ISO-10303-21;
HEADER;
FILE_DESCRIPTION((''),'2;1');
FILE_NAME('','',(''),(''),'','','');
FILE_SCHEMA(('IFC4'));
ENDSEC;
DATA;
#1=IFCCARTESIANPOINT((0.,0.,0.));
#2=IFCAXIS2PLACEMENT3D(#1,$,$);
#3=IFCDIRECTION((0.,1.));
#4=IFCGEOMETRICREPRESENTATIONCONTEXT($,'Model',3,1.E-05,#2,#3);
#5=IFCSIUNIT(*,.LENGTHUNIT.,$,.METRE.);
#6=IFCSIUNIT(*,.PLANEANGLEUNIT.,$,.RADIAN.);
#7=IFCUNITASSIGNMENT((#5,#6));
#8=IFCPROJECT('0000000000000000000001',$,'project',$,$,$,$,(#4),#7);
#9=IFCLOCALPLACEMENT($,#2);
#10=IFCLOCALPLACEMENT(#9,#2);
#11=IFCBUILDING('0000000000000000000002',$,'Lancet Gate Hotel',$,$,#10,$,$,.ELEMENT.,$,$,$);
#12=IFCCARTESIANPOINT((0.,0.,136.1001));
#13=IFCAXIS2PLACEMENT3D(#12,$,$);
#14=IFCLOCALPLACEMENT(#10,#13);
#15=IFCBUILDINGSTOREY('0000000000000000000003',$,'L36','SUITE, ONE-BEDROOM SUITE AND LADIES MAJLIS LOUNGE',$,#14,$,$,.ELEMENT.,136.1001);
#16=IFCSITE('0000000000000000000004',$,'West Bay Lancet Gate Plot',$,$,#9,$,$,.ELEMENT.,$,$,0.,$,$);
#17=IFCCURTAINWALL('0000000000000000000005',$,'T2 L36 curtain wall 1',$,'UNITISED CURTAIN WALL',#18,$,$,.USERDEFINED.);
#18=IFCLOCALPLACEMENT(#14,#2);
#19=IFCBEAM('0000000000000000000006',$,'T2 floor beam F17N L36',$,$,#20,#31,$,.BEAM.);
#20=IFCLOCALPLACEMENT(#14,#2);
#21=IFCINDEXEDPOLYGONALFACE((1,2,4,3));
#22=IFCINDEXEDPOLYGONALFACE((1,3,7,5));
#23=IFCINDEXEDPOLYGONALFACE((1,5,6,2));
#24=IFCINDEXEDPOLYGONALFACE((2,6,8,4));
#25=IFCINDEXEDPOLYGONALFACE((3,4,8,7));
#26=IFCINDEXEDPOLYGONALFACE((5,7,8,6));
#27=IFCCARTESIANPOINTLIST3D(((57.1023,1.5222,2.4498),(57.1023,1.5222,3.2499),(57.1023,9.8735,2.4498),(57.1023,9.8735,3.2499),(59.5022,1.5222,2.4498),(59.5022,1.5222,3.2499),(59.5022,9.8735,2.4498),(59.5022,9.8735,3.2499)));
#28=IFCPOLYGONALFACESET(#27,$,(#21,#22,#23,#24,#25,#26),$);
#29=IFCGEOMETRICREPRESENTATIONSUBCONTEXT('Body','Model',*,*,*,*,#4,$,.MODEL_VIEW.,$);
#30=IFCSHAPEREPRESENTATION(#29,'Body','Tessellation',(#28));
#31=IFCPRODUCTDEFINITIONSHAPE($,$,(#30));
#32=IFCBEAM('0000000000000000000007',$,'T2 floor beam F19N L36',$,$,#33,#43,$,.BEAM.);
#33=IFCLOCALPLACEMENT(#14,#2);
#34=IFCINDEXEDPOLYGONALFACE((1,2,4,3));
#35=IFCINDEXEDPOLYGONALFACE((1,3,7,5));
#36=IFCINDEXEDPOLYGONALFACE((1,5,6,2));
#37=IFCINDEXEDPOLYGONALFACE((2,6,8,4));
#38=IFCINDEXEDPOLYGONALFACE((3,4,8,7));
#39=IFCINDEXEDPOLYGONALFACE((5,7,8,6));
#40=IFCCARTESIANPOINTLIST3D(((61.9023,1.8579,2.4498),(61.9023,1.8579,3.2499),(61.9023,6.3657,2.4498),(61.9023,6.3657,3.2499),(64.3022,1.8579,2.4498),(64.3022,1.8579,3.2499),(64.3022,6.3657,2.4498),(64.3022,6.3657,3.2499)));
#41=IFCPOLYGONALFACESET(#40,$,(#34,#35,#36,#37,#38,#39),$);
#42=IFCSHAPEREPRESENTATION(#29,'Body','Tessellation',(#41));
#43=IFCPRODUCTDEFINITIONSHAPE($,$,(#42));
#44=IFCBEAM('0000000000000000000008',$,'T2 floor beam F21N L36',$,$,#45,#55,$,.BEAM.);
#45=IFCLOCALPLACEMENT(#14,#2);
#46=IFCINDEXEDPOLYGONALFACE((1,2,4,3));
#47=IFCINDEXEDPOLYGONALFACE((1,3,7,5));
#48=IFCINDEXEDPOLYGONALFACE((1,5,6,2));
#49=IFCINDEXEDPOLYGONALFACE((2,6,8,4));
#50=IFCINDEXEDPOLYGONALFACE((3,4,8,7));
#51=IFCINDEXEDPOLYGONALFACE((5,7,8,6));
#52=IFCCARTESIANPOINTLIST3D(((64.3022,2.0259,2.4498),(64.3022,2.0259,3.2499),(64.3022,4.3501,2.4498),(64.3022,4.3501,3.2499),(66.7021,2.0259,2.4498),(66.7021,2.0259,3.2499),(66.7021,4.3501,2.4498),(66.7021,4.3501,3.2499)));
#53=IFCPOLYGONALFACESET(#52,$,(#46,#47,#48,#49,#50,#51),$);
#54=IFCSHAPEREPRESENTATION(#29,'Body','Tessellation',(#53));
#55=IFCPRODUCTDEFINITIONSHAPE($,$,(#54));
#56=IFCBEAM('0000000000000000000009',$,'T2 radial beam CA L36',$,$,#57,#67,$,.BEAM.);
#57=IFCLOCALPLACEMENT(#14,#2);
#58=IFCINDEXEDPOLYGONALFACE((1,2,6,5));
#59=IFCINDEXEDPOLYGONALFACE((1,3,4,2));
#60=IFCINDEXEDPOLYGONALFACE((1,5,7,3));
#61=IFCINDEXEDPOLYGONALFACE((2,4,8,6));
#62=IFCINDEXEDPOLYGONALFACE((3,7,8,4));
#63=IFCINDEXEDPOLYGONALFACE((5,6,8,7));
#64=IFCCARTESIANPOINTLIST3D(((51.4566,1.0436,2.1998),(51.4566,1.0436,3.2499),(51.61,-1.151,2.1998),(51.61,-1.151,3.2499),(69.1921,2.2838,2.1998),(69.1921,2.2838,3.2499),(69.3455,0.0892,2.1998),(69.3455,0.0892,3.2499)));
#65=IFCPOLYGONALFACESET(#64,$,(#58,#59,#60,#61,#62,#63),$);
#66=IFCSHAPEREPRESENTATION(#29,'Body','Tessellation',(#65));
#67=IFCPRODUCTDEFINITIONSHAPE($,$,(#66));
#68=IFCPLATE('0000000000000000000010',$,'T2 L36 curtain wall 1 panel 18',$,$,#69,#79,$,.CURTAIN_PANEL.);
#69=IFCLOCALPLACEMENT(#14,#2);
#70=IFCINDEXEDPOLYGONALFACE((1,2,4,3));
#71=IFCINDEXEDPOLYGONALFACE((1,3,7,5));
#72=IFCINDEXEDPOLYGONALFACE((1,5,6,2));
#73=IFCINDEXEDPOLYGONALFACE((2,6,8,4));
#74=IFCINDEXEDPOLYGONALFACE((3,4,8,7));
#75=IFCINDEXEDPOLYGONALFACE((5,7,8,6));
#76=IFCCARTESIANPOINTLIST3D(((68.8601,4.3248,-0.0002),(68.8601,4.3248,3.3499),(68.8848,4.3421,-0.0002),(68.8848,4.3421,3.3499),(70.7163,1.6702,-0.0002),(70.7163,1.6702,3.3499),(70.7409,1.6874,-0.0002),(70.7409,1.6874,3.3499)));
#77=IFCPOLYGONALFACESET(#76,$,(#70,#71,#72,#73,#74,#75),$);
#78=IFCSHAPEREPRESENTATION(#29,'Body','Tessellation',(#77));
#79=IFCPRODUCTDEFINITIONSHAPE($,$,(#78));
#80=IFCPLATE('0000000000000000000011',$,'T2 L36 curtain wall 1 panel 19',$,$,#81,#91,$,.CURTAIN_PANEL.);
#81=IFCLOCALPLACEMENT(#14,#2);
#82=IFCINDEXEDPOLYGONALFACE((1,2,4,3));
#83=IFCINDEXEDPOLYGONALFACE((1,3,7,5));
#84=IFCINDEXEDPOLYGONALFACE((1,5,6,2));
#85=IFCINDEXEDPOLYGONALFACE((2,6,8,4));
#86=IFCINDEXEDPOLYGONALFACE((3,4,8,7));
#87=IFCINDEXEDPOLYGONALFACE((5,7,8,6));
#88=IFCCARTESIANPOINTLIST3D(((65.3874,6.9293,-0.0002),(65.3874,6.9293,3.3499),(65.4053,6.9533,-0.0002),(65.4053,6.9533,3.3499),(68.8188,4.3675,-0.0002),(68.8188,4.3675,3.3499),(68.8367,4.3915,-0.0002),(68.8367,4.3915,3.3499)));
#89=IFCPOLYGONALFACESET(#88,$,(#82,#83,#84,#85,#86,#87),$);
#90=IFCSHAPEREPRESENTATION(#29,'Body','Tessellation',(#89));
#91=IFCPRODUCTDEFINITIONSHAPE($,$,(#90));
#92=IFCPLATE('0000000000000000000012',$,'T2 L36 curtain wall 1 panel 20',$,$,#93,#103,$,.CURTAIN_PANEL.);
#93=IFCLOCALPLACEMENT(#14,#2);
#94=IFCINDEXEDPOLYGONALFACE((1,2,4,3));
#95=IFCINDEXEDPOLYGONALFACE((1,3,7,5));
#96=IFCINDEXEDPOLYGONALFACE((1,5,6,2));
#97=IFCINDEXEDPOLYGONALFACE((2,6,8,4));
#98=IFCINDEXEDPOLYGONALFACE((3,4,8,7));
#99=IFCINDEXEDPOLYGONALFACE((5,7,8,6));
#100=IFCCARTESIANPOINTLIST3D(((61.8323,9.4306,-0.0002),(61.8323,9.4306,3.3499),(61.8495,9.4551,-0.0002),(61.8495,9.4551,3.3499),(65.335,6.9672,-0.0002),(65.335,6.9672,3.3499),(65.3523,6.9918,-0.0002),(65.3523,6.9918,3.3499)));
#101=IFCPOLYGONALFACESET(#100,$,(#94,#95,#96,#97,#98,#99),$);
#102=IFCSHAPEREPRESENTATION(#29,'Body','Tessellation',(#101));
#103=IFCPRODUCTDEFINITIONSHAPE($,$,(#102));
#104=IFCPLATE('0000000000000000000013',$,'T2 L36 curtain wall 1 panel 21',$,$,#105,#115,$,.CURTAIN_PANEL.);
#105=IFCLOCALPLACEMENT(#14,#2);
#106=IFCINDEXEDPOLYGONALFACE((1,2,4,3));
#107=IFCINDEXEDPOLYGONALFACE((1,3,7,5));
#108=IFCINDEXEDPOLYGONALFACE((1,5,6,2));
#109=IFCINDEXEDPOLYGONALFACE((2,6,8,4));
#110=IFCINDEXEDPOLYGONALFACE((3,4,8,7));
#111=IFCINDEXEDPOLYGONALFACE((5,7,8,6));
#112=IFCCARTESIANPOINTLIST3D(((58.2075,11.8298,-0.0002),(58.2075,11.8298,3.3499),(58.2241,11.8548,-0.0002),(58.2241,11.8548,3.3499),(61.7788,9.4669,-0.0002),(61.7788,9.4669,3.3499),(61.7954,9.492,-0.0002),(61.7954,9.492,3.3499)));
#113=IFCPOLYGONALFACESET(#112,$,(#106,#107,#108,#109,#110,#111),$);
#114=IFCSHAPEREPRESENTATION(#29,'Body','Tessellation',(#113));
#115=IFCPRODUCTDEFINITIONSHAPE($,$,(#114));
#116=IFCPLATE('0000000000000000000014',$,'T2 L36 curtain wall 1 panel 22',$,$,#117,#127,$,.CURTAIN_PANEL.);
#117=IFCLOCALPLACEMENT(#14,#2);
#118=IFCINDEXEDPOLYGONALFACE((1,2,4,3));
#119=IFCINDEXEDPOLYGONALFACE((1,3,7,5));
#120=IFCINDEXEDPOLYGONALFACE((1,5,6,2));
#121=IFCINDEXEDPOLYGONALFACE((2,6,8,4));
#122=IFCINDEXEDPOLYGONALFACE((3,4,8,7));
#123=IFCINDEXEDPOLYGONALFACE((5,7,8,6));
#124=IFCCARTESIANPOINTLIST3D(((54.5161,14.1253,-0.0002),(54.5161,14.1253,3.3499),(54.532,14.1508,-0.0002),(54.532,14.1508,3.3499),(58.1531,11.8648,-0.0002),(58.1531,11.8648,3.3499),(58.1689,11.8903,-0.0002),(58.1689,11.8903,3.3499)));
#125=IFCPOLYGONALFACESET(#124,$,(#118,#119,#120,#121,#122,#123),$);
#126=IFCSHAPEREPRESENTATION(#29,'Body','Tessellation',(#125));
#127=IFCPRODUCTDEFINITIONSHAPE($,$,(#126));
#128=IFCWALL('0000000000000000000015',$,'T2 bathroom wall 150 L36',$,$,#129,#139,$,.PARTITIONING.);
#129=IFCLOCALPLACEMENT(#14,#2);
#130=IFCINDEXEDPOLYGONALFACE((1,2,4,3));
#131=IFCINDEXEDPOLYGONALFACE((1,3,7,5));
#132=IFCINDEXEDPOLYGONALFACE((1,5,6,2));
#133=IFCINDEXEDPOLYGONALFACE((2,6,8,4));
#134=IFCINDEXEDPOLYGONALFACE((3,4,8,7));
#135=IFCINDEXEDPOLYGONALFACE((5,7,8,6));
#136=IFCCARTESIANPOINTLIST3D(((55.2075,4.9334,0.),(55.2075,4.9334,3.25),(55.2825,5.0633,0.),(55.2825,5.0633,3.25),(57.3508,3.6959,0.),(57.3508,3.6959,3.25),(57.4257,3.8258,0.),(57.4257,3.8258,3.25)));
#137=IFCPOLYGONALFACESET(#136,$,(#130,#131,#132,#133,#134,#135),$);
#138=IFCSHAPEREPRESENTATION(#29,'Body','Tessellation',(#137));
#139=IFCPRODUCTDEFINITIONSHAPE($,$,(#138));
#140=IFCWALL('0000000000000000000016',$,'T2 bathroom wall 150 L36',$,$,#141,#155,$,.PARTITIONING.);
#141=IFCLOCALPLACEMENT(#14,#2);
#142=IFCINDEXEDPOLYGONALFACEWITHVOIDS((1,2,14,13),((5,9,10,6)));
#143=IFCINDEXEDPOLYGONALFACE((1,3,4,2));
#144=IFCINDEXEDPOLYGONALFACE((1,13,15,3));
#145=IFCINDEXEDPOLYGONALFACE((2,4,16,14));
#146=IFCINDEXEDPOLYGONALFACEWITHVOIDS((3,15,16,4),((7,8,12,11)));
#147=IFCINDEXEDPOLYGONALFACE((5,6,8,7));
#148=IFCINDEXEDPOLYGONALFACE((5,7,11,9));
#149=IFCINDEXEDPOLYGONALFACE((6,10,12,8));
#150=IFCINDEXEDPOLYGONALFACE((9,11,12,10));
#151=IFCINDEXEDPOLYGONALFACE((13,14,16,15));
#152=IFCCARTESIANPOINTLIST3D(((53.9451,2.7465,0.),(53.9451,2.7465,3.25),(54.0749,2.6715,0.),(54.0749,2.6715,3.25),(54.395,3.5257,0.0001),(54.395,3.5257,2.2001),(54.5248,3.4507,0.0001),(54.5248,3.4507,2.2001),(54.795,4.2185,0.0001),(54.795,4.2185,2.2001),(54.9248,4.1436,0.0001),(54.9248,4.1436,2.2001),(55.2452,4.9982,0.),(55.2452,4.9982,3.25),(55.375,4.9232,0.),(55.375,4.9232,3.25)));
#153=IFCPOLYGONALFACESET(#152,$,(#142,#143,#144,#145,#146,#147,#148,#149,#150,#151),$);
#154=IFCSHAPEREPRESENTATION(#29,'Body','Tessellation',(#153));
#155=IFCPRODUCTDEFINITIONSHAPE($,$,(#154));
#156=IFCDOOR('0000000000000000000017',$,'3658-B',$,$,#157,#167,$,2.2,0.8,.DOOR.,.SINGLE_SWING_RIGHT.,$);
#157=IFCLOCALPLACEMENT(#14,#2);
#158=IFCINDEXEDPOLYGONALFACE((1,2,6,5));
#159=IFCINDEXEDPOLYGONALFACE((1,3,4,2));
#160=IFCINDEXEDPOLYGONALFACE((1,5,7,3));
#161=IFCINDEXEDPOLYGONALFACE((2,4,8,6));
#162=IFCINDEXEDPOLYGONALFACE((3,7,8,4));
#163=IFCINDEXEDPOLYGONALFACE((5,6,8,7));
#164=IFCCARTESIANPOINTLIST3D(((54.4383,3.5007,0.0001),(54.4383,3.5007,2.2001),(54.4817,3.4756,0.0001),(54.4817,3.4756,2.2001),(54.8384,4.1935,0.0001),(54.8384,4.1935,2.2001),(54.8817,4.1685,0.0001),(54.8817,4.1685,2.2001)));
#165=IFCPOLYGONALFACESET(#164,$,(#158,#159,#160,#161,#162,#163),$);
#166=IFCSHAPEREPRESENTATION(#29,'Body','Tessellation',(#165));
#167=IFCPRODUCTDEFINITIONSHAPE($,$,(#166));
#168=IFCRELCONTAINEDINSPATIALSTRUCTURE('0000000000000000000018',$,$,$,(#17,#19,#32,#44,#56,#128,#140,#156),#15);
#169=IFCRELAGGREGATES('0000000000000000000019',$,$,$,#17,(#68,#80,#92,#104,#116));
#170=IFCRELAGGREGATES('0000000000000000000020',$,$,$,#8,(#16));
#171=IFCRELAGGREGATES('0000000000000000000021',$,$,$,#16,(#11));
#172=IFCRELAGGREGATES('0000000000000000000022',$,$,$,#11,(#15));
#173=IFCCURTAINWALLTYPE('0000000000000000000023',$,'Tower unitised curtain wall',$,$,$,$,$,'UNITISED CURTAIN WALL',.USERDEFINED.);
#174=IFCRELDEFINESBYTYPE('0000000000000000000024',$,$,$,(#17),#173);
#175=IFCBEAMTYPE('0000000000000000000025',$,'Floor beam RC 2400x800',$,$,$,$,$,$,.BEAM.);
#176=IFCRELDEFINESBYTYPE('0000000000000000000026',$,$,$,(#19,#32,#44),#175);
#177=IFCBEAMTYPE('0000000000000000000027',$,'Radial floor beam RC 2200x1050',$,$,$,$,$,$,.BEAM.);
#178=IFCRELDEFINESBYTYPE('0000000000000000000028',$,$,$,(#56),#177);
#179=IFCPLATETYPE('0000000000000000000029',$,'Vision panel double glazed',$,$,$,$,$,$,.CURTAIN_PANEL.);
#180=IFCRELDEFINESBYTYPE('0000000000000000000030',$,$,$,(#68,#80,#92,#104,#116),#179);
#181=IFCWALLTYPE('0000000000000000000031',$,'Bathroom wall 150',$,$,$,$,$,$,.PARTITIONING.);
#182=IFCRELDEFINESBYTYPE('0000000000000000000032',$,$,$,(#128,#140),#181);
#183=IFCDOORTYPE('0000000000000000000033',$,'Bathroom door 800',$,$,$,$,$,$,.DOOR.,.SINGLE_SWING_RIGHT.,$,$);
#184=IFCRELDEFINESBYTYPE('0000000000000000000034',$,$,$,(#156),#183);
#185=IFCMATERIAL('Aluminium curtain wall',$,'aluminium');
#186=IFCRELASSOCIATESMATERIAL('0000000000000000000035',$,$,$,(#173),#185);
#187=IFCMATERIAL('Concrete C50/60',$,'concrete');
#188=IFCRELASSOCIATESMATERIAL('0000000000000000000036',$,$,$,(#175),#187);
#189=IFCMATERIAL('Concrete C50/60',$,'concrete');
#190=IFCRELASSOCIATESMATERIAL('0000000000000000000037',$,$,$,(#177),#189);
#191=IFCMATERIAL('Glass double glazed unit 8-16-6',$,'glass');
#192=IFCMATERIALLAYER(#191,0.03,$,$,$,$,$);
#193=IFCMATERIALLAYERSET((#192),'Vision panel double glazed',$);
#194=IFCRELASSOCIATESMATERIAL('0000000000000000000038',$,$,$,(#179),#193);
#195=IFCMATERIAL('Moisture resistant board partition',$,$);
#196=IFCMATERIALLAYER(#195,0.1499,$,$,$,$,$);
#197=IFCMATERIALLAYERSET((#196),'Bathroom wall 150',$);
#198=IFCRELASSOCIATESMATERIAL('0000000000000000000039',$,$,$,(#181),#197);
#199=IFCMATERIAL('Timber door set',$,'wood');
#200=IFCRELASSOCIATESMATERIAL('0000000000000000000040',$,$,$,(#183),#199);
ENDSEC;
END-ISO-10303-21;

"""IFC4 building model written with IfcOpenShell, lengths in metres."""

from ifc_helpers import new_model, si_unit, direction, frame, frame_2d, origin, origin_2d, place, context, subcontext, project, spatial, rectangle, extrude, material, layer, layer_set, material_profile, profile_set, type_object, element, fill, aggregate, save


model = new_model("IFC4")

# Units and contexts
model_context = context("Model", 3, precision=1e-05, world=origin(), true_north=direction((0.0, 1.0)))
body_context = subcontext(model_context, "Body", "Model", "MODEL_VIEW")
ifc_project = project(units=[si_unit("LENGTHUNIT", "METRE"), si_unit("PLANEANGLEUNIT", "RADIAN")], contexts=[model_context])

# Site, building, storey
site_placement = place(None, origin())
site = spatial("IfcSite", under=ifc_project, at=site_placement, Name="West Bay Lancet Gate Plot", CompositionType="ELEMENT", RefElevation=0.0)
building_placement = place(site_placement, origin())
building = spatial("IfcBuilding", under=site, at=building_placement, Name="Lancet Gate Hotel", CompositionType="ELEMENT")
storey_placement = place(building_placement, frame((0.0, 0.0, 136.1001)))
storey = spatial("IfcBuildingStorey", under=building, at=storey_placement, Name="L36", Description="SUITE, ONE-BEDROOM SUITE AND LADIES MAJLIS LOUNGE", CompositionType="ELEMENT", Elevation=136.1001)

# Curtain wall
ifc_material_1 = material(Name="Aluminium curtain wall", Category="aluminium")
curtain_wall_type = type_object("IfcCurtainWallType", Name="Tower unitised curtain wall", ElementType="UNITISED CURTAIN WALL", PredefinedType="USERDEFINED", material=ifc_material_1)
curtain_wall_placement = place(storey_placement, origin())
curtain_wall = element("IfcCurtainWall", 1, at=curtain_wall_placement, inside=storey, type_object=curtain_wall_type, Name="T2 L36 curtain wall 1", ObjectType="UNITISED CURTAIN WALL", PredefinedType="USERDEFINED")

# Beams
ifc_material_2 = material(Name="Concrete C50/60", Category="concrete")
ifc_material_profile_1 = material_profile(ifc_material_2, rectangle(XDim=2.3999, YDim=0.8, at=origin_2d()), Name="RC 2400x800")
ifc_profile_set_1 = profile_set([ifc_material_profile_1], Name="Concrete C50/60")
beam_type_1 = type_object("IfcBeamType", Name="Floor beam RC 2400x800", PredefinedType="BEAM", material=ifc_profile_set_1)
beam_1_placement = place(storey_placement, frame((58.3022, 1.5222, 2.8499), z_axis=(0.0, 1.0, 0.0), x_axis=(-1.0, 0.0, 0.0)))
element("IfcBeam", 2, at=beam_1_placement, inside=storey, type_object=beam_type_1, Name="T2 floor beam F17N L36", PredefinedType="BEAM", context=body_context, shape_type="SweptSolid", body=[
    extrude(rectangle(XDim=2.3999, YDim=0.8, at=origin_2d()), origin(), (0.0, 0.0, 1.0), 8.3513),
])
beam_2_placement = place(storey_placement, frame((63.1023, 1.8579, 2.8499), z_axis=(0.0, 1.0, 0.0), x_axis=(-1.0, 0.0, 0.0)))
element("IfcBeam", 3, at=beam_2_placement, inside=storey, type_object=beam_type_1, Name="T2 floor beam F19N L36", PredefinedType="BEAM", context=body_context, shape_type="SweptSolid", body=[
    extrude(rectangle(XDim=2.3999, YDim=0.8, at=origin_2d()), origin(), (0.0, 0.0, 1.0), 4.5078),
])
beam_3_placement = place(storey_placement, frame((65.5022, 2.0259, 2.8499), z_axis=(0.0, 1.0, 0.0), x_axis=(-1.0, 0.0, 0.0)))
element("IfcBeam", 4, at=beam_3_placement, inside=storey, type_object=beam_type_1, Name="T2 floor beam F21N L36", PredefinedType="BEAM", context=body_context, shape_type="SweptSolid", body=[
    extrude(rectangle(XDim=2.3999, YDim=0.8, at=origin_2d()), origin(), (0.0, 0.0, 1.0), 2.3242),
])
ifc_material_3 = material(Name="Concrete C50/60", Category="concrete")
ifc_material_profile_2 = material_profile(ifc_material_3, rectangle(XDim=2.2, YDim=1.05, at=origin_2d()), Name="RC 2200x1050")
ifc_profile_set_2 = profile_set([ifc_material_profile_2], Name="Concrete C50/60")
beam_type_2 = type_object("IfcBeamType", Name="Radial floor beam RC 2200x1050", PredefinedType="BEAM", material=ifc_profile_set_2)
beam_4_placement = place(storey_placement, frame((69.2688, 1.1865, 2.7249), z_axis=(-0.997564, -0.069759, 0.0), x_axis=(0.069759, -0.997564, 0.0)))
element("IfcBeam", 5, at=beam_4_placement, inside=storey, type_object=beam_type_2, Name="T2 radial beam CA L36", PredefinedType="BEAM", context=body_context, shape_type="SweptSolid", body=[
    extrude(rectangle(XDim=2.2, YDim=1.05, at=origin_2d()), origin(), (0.0, 0.0, 1.0), 17.7788),
])

# Plates
ifc_material_4 = material(Name="Glass double glazed unit 8-16-6", Category="glass")
ifc_layer_1 = layer(ifc_material_4, 0.03)
ifc_layer_set_1 = layer_set([ifc_layer_1], Name="Vision panel double glazed")
plate_type = type_object("IfcPlateType", Name="Vision panel double glazed", PredefinedType="CURTAIN_PANEL", material=ifc_layer_set_1)
plate_1_placement = place(storey_placement, frame((69.8005, 3.0061, -0.0002), z_axis=(0.0, 0.0, 1.0), x_axis=(-0.573025, 0.819538, 0.0)))
plate_1 = element("IfcPlate", 6, at=plate_1_placement, type_object=plate_type, Name="T2 L36 curtain wall 1 panel 18", PredefinedType="CURTAIN_PANEL", context=body_context, shape_type="SweptSolid", body=[
    extrude(rectangle(XDim=3.2393, YDim=0.03, at=origin_2d()), origin(), (0.0, 0.0, 1.0), 3.3501),
])
plate_2_placement = place(storey_placement, frame((67.1121, 5.6604, -0.0002), z_axis=(0.0, 0.0, 1.0), x_axis=(-0.801314, 0.598244, 0.0)))
plate_2 = element("IfcPlate", 7, at=plate_2_placement, type_object=plate_type, Name="T2 L36 curtain wall 1 panel 19", PredefinedType="CURTAIN_PANEL", context=body_context, shape_type="SweptSolid", body=[
    extrude(rectangle(XDim=4.2822, YDim=0.03, at=origin_2d()), origin(), (0.0, 0.0, 1.0), 3.3501),
])
plate_3_placement = place(storey_placement, frame((63.5923, 8.2112, -0.0002), z_axis=(0.0, 0.0, 1.0), x_axis=(-0.817979, 0.575247, 0.0)))
plate_3 = element("IfcPlate", 8, at=plate_3_placement, type_object=plate_type, Name="T2 L36 curtain wall 1 panel 20", PredefinedType="CURTAIN_PANEL", context=body_context, shape_type="SweptSolid", body=[
    extrude(rectangle(XDim=4.2822, YDim=0.03, at=origin_2d()), origin(), (0.0, 0.0, 1.0), 3.3501),
])
plate_4_placement = place(storey_placement, frame((60.0015, 10.6609, -0.0002), z_axis=(0.0, 0.0, 1.0), x_axis=(-0.833985, 0.551787, 0.0)))
plate_4 = element("IfcPlate", 9, at=plate_4_placement, type_object=plate_type, Name="T2 L36 curtain wall 1 panel 21", PredefinedType="CURTAIN_PANEL", context=body_context, shape_type="SweptSolid", body=[
    extrude(rectangle(XDim=4.2822, YDim=0.03, at=origin_2d()), origin(), (0.0, 0.0, 1.0), 3.3501),
])
plate_5_placement = place(storey_placement, frame((56.3425, 13.0078, -0.0002), z_axis=(0.0, 0.0, 1.0), x_axis=(-0.849318, 0.527882, 0.0)))
plate_5 = element("IfcPlate", 10, at=plate_5_placement, type_object=plate_type, Name="T2 L36 curtain wall 1 panel 22", PredefinedType="CURTAIN_PANEL", context=body_context, shape_type="SweptSolid", body=[
    extrude(rectangle(XDim=4.2822, YDim=0.03, at=origin_2d()), origin(), (0.0, 0.0, 1.0), 3.3501),
])
aggregate(curtain_wall, [plate_1, plate_2, plate_3, plate_4, plate_5])

# Wall
ifc_material_5 = material(Name="Moisture resistant board partition")
ifc_layer_2 = layer(ifc_material_5, 0.1499)
ifc_layer_set_2 = layer_set([ifc_layer_2], Name="Bathroom wall 150")
wall_type = type_object("IfcWallType", Name="Bathroom wall 150", PredefinedType="PARTITIONING", material=ifc_layer_set_2)
wall_1_placement = place(storey_placement, frame((55.2451, 4.9983, 0.0), z_axis=(0.0, 0.0, 1.0), x_axis=(0.866007, -0.500033, 0.0)))
element("IfcWall", 11, at=wall_1_placement, inside=storey, type_object=wall_type, Name="T2 bathroom wall 150 L36", PredefinedType="PARTITIONING", context=body_context, shape_type="SweptSolid", body=[
    extrude(rectangle(XDim=2.4749, YDim=0.1499, at=frame_2d((1.2373, 0.0))), origin(), (0.0, 0.0, 1.0), 3.25),
])

# Wall, opening, door
wall_2_placement = place(storey_placement, frame((54.01, 2.709, 0.0), z_axis=(0.0, 0.0, 1.0), x_axis=(0.500007, 0.866021, 0.0)))
wall_2 = element("IfcWall", 12, at=wall_2_placement, inside=storey, type_object=wall_type, Name="T2 bathroom wall 150 L36", PredefinedType="PARTITIONING", context=body_context, shape_type="SweptSolid", body=[
    extrude(rectangle(XDim=2.6001, YDim=0.1499, at=frame_2d((1.3, 0.0))), origin(), (0.0, 0.0, 1.0), 3.25),
])
opening_placement = place(wall_2_placement, frame((0.8999, 0.0, 0.0)))
opening = element("IfcOpeningElement", 13, at=opening_placement, cuts=wall_2, PredefinedType="OPENING", context=body_context, shape_type="SweptSolid", body=[
    extrude(rectangle(XDim=0.8, YDim=2.2, at=frame_2d((0.3999, 1.1001))), frame((0.0, 0.085, 0.0), z_axis=(0.0, -1.0, 0.0), x_axis=(1.0, 0.0, 0.0)), (0.0, 0.0, 1.0), 0.1699),
])
ifc_material_6 = material(Name="Timber door set", Category="wood")
door_type = type_object("IfcDoorType", Name="Bathroom door 800", OperationType="SINGLE_SWING_RIGHT", PredefinedType="DOOR", material=ifc_material_6)
door_placement = place(opening_placement, origin())
door = element("IfcDoor", 14, at=door_placement, inside=storey, type_object=door_type, Name="3658-B", OperationType="SINGLE_SWING_RIGHT", OverallHeight=2.2, OverallWidth=0.8, PredefinedType="DOOR", context=body_context, shape_type="SweptSolid", body=[
    extrude(rectangle(XDim=0.8, YDim=2.2, at=frame_2d((0.3999, 1.1001))), frame((0.0, 0.0249, 0.0), z_axis=(0.0, -1.0, 0.0), x_axis=(1.0, 0.0, 0.0)), (0.0, 0.0, 1.0), 0.05),
])
fill(opening, door)

save(model, "model.ifc")
